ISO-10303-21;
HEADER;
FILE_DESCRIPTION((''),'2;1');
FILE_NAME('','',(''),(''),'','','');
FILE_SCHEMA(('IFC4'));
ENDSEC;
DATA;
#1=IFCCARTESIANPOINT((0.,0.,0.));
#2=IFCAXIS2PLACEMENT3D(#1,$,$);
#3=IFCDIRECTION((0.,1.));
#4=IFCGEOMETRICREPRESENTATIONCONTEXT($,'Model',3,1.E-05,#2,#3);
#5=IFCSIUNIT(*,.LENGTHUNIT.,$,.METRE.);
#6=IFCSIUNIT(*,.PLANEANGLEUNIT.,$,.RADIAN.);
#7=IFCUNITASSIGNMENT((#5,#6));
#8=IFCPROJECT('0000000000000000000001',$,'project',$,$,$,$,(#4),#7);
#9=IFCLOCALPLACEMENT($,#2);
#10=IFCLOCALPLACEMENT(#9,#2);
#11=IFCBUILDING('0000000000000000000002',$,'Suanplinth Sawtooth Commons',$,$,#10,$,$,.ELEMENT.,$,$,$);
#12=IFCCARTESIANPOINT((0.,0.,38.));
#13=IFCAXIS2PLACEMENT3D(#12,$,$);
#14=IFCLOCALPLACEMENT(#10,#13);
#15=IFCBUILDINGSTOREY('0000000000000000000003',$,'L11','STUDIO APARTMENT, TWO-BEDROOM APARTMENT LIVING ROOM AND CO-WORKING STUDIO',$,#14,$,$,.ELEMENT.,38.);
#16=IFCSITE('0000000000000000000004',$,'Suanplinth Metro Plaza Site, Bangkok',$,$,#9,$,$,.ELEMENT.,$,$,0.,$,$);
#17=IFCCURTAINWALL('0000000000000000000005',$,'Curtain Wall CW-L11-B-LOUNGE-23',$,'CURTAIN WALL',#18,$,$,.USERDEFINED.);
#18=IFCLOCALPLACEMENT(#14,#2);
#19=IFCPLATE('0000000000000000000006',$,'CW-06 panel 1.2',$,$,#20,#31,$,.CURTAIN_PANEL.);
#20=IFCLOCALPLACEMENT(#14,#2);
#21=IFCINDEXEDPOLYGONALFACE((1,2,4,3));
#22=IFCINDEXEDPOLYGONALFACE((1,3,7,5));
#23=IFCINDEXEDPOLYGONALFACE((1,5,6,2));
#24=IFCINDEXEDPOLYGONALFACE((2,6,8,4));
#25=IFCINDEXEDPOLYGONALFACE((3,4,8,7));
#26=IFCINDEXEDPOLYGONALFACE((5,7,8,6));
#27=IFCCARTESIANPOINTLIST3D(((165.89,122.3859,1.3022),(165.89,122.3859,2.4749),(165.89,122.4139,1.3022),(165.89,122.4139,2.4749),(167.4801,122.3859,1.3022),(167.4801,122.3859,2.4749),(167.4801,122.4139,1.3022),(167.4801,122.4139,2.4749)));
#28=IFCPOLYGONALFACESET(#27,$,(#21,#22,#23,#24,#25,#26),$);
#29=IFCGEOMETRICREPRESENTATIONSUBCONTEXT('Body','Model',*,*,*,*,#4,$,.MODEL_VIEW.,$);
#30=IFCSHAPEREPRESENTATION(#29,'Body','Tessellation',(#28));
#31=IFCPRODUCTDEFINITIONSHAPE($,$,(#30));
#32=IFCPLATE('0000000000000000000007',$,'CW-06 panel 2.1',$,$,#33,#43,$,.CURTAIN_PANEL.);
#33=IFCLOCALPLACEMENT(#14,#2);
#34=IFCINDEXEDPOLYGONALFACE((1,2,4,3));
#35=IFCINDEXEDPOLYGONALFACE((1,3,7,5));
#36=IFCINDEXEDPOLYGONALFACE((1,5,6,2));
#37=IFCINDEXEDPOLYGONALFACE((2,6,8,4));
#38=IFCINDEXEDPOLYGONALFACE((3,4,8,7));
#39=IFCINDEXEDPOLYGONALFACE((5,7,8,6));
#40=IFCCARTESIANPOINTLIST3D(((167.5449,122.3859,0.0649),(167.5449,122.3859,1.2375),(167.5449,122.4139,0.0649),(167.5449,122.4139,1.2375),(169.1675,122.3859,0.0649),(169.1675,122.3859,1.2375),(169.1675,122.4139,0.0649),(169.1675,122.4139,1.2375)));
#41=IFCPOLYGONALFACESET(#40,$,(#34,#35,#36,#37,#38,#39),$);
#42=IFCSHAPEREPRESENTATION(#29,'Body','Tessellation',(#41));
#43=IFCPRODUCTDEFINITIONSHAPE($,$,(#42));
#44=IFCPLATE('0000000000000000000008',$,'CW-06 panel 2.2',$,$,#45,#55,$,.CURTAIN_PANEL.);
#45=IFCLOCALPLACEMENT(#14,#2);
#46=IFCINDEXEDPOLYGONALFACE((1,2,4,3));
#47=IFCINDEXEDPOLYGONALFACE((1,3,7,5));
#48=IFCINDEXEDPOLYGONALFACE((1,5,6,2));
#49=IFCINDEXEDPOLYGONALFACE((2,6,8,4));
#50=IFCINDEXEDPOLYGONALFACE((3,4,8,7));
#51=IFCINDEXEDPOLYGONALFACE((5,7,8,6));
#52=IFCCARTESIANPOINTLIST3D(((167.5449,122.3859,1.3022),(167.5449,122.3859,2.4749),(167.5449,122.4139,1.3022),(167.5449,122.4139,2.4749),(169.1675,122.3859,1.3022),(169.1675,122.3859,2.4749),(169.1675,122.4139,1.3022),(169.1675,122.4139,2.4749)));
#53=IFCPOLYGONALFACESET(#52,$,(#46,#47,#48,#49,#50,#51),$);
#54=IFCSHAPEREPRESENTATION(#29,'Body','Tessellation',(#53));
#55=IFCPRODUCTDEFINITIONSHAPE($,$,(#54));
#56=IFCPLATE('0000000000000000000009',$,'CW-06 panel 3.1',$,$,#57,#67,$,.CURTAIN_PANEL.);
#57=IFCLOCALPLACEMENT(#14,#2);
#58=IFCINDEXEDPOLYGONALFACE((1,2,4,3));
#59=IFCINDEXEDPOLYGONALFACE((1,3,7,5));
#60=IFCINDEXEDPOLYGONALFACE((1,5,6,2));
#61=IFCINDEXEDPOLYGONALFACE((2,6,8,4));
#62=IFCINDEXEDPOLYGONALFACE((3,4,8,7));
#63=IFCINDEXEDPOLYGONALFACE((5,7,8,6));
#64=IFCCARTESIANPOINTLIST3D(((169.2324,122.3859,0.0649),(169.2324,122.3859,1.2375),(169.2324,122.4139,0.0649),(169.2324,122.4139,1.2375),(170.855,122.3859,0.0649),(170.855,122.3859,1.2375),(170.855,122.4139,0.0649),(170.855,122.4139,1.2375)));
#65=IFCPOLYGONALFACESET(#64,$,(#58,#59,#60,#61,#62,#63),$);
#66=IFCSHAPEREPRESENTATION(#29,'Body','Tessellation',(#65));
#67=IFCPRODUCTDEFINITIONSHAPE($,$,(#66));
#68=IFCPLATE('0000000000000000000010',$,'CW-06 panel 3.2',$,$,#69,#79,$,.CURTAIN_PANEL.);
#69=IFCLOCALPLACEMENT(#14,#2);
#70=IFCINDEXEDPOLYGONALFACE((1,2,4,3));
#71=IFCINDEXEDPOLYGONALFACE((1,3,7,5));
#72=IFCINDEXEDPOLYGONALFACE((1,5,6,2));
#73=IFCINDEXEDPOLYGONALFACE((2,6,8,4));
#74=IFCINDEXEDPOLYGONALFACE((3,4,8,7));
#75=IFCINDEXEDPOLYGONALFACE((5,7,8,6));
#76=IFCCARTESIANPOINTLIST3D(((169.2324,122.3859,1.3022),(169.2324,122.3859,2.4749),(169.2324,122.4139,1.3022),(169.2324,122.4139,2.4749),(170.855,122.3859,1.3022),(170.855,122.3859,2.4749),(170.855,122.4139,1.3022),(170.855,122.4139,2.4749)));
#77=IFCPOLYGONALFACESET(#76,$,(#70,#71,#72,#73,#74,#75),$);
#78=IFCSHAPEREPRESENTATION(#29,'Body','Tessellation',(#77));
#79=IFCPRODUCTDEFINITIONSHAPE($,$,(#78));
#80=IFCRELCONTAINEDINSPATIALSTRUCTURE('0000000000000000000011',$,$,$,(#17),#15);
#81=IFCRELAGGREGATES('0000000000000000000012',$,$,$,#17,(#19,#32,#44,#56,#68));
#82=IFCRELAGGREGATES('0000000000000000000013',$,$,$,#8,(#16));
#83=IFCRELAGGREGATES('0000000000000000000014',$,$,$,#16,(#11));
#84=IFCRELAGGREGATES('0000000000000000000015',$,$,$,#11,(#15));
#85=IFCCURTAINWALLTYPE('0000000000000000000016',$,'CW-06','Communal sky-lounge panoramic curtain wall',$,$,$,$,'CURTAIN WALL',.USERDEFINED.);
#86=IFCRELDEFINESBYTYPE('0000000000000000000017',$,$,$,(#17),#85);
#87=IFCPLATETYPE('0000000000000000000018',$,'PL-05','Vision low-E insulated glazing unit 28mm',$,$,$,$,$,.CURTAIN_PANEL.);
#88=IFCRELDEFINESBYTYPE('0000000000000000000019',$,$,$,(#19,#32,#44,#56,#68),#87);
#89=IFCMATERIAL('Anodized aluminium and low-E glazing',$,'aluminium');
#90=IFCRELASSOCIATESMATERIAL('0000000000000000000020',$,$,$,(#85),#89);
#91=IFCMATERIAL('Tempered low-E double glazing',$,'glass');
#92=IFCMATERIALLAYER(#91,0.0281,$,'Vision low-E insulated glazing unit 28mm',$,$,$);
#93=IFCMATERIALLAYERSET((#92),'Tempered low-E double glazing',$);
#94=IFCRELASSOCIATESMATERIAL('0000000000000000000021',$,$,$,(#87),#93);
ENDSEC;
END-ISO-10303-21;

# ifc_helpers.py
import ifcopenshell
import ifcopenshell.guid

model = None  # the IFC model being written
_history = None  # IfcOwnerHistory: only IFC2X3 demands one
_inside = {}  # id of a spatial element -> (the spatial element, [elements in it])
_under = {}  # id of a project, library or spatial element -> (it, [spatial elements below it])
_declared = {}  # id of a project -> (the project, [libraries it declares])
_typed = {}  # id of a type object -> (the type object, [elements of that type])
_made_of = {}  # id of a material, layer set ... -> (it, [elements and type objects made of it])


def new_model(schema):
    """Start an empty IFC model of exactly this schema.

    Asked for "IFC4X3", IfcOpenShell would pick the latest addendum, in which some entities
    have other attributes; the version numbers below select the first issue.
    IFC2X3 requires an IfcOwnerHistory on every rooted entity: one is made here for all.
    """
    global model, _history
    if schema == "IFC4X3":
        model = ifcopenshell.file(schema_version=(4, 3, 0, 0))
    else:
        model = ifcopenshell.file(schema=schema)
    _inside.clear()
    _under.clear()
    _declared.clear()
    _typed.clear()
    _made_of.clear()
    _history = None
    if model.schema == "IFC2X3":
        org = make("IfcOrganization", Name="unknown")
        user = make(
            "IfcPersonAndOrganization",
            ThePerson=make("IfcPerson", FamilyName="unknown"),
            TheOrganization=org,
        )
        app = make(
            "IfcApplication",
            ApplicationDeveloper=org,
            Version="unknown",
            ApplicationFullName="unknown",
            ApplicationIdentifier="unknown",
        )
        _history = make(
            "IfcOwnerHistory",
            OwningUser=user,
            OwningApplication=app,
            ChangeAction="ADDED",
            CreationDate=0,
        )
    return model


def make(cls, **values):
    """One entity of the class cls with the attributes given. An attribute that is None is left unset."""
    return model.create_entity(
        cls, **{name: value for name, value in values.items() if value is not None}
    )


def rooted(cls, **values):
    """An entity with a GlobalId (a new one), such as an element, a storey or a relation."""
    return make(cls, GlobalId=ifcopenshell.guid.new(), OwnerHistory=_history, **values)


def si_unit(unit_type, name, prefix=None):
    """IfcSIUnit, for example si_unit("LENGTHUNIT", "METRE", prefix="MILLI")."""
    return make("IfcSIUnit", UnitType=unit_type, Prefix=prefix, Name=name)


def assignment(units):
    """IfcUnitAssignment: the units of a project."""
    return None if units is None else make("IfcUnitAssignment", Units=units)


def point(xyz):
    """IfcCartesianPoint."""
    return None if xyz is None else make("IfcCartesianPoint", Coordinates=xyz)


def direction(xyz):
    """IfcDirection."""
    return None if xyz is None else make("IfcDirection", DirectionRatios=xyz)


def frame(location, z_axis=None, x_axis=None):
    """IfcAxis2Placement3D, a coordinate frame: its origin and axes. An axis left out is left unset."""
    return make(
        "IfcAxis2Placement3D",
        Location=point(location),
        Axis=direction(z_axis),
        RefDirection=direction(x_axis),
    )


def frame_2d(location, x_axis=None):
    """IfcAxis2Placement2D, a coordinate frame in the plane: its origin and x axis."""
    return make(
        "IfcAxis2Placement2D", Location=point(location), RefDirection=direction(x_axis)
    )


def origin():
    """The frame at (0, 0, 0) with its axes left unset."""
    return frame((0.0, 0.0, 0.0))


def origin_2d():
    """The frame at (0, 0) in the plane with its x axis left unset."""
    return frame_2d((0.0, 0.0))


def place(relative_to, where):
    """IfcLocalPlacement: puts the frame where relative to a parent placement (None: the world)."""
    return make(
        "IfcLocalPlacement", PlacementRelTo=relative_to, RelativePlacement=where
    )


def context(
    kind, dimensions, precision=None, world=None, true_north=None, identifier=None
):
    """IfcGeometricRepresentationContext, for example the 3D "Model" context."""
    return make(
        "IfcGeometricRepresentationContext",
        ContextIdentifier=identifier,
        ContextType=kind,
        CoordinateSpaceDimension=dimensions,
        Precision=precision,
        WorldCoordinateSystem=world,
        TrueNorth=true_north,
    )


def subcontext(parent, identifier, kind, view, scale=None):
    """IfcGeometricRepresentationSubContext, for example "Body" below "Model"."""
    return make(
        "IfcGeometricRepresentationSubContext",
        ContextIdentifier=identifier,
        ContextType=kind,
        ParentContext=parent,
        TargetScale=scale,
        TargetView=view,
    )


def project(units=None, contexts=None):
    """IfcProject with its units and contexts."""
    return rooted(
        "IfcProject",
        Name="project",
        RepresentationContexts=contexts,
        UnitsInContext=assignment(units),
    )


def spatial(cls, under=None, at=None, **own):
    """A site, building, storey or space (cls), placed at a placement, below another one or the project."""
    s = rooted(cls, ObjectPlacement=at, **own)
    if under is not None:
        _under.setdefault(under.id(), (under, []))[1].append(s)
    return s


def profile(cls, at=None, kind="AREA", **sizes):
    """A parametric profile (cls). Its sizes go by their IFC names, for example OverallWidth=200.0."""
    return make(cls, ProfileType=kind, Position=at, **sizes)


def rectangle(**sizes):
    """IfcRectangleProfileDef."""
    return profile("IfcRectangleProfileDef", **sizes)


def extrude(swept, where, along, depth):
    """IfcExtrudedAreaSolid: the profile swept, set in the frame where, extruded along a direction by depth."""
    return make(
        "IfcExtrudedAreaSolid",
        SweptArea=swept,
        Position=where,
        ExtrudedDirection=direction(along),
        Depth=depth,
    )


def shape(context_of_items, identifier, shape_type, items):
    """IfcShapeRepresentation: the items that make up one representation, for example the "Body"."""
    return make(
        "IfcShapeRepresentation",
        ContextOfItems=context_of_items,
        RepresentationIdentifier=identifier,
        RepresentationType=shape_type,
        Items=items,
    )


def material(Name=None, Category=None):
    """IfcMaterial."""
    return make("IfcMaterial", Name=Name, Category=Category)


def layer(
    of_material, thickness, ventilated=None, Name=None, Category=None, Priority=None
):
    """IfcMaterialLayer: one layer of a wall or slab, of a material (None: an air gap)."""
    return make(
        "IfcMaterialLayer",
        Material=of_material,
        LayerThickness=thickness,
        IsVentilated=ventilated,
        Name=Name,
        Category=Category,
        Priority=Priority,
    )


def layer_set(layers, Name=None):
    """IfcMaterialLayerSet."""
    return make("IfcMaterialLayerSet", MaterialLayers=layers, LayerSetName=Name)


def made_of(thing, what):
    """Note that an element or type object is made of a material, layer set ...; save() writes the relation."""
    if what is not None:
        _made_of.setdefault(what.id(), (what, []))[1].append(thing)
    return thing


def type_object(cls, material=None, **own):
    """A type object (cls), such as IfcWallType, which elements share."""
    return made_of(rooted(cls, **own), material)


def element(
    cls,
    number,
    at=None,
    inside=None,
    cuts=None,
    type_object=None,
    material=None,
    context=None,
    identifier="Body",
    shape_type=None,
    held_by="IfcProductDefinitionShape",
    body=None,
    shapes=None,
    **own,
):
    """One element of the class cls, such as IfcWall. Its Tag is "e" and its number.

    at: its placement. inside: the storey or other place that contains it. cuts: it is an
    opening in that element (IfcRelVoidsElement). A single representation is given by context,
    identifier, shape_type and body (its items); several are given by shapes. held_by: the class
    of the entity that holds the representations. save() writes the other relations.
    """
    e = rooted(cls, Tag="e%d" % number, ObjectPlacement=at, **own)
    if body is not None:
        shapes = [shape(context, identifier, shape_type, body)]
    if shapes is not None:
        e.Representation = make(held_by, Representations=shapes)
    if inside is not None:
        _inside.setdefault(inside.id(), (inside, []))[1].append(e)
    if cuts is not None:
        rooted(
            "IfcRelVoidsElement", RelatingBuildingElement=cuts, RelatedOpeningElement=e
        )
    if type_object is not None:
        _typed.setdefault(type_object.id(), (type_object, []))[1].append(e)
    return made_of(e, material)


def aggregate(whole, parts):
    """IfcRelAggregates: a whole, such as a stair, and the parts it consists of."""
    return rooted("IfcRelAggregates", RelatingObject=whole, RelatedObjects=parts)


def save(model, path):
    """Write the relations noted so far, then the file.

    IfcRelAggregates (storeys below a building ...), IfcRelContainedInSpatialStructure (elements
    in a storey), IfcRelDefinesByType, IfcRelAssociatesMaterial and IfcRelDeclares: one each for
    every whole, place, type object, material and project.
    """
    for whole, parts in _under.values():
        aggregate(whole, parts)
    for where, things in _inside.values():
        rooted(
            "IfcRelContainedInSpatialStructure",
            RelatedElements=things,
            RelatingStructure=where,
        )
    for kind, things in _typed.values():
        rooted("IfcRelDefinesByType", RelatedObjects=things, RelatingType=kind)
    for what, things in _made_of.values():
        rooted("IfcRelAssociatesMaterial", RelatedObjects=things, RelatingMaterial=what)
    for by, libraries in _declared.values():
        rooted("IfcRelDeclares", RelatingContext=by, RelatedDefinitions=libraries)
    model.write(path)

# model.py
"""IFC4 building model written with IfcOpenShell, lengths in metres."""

from ifc_helpers import new_model, si_unit, direction, frame, origin, origin_2d, place, context, subcontext, project, spatial, rectangle, extrude, material, layer, layer_set, type_object, element, aggregate, save


model = new_model("IFC4")

# Units and contexts
model_context = context("Model", 3, precision=1e-05, world=origin(), true_north=direction((0.0, 1.0)))
body_context = subcontext(model_context, "Body", "Model", "MODEL_VIEW")
ifc_project = project(units=[si_unit("LENGTHUNIT", "METRE"), si_unit("PLANEANGLEUNIT", "RADIAN")], contexts=[model_context])

# Site, building, storey
site_placement = place(None, origin())
site = spatial("IfcSite", under=ifc_project, at=site_placement, Name="Suanplinth Metro Plaza Site, Bangkok", CompositionType="ELEMENT", RefElevation=0.0)
building_placement = place(site_placement, origin())
building = spatial("IfcBuilding", under=site, at=building_placement, Name="Suanplinth Sawtooth Commons", CompositionType="ELEMENT")
storey_placement = place(building_placement, frame((0.0, 0.0, 38.0)))
storey = spatial("IfcBuildingStorey", under=building, at=storey_placement, Name="L11", Description="STUDIO APARTMENT, TWO-BEDROOM APARTMENT LIVING ROOM AND CO-WORKING STUDIO", CompositionType="ELEMENT", Elevation=38.0)

# Curtain wall
ifc_material_1 = material(Name="Anodized aluminium and low-E glazing", Category="aluminium")
curtain_wall_type = type_object("IfcCurtainWallType", Name="CW-06", Description="Communal sky-lounge panoramic curtain wall", ElementType="CURTAIN WALL", PredefinedType="USERDEFINED", material=ifc_material_1)
curtain_wall_placement = place(storey_placement, origin())
curtain_wall = element("IfcCurtainWall", 1, at=curtain_wall_placement, inside=storey, type_object=curtain_wall_type, Name="Curtain Wall CW-L11-B-LOUNGE-23", ObjectType="CURTAIN WALL", PredefinedType="USERDEFINED")

# Plates
ifc_material_2 = material(Name="Tempered low-E double glazing", Category="glass")
ifc_layer_1 = layer(ifc_material_2, 0.0281, Name="Vision low-E insulated glazing unit 28mm")
ifc_layer_set_1 = layer_set([ifc_layer_1], Name="Tempered low-E double glazing")
plate_type_1 = type_object("IfcPlateType", Name="PL-05", Description="Vision low-E insulated glazing unit 28mm", PredefinedType="CURTAIN_PANEL", material=ifc_layer_set_1)
plate_1_placement = place(storey_placement, frame((166.6851, 122.3999, 1.3022), z_axis=(0.0, 0.0, 1.0), x_axis=(1.0, 0.0, 0.0)))
plate_1 = element("IfcPlate", 2, at=plate_1_placement, type_object=plate_type_1, Name="CW-06 panel 1.2", PredefinedType="CURTAIN_PANEL", context=body_context, shape_type="SweptSolid", body=[
    extrude(rectangle(XDim=1.5901, YDim=0.0281, at=origin_2d()), origin(), (0.0, 0.0, 1.0), 1.1726),
])
plate_2_placement = place(storey_placement, frame((168.3562, 122.3999, 0.0649), z_axis=(0.0, 0.0, 1.0), x_axis=(1.0, 0.0, 0.0)))
plate_2 = element("IfcPlate", 3, at=plate_2_placement, type_object=plate_type_1, Name="CW-06 panel 2.1", PredefinedType="CURTAIN_PANEL", context=body_context, shape_type="SweptSolid", body=[
    extrude(rectangle(XDim=1.6226, YDim=0.0281, at=origin_2d()), origin(), (0.0, 0.0, 1.0), 1.1726),
])
plate_3_placement = place(storey_placement, frame((168.3562, 122.3999, 1.3022), z_axis=(0.0, 0.0, 1.0), x_axis=(1.0, 0.0, 0.0)))
plate_3 = element("IfcPlate", 4, at=plate_3_placement, type_object=plate_type_1, Name="CW-06 panel 2.2", PredefinedType="CURTAIN_PANEL", context=body_context, shape_type="SweptSolid", body=[
    extrude(rectangle(XDim=1.6226, YDim=0.0281, at=origin_2d()), origin(), (0.0, 0.0, 1.0), 1.1726),
])
plate_4_placement = place(storey_placement, frame((170.0437, 122.3999, 0.0649), z_axis=(0.0, 0.0, 1.0), x_axis=(1.0, 0.0, 0.0)))
plate_4 = element("IfcPlate", 5, at=plate_4_placement, type_object=plate_type_1, Name="CW-06 panel 3.1", PredefinedType="CURTAIN_PANEL", context=body_context, shape_type="SweptSolid", body=[
    extrude(rectangle(XDim=1.6226, YDim=0.0281, at=origin_2d()), origin(), (0.0, 0.0, 1.0), 1.1726),
])
plate_5_placement = place(storey_placement, frame((170.0437, 122.3999, 1.3022), z_axis=(0.0, 0.0, 1.0), x_axis=(1.0, 0.0, 0.0)))
plate_5 = element("IfcPlate", 6, at=plate_5_placement, type_object=plate_type_1, Name="CW-06 panel 3.2", PredefinedType="CURTAIN_PANEL", context=body_context, shape_type="SweptSolid", body=[
    extrude(rectangle(XDim=1.6226, YDim=0.0281, at=origin_2d()), origin(), (0.0, 0.0, 1.0), 1.1726),
])
aggregate(curtain_wall, [plate_1, plate_2, plate_3, plate_4, plate_5])

save(model, "model.ifc")
